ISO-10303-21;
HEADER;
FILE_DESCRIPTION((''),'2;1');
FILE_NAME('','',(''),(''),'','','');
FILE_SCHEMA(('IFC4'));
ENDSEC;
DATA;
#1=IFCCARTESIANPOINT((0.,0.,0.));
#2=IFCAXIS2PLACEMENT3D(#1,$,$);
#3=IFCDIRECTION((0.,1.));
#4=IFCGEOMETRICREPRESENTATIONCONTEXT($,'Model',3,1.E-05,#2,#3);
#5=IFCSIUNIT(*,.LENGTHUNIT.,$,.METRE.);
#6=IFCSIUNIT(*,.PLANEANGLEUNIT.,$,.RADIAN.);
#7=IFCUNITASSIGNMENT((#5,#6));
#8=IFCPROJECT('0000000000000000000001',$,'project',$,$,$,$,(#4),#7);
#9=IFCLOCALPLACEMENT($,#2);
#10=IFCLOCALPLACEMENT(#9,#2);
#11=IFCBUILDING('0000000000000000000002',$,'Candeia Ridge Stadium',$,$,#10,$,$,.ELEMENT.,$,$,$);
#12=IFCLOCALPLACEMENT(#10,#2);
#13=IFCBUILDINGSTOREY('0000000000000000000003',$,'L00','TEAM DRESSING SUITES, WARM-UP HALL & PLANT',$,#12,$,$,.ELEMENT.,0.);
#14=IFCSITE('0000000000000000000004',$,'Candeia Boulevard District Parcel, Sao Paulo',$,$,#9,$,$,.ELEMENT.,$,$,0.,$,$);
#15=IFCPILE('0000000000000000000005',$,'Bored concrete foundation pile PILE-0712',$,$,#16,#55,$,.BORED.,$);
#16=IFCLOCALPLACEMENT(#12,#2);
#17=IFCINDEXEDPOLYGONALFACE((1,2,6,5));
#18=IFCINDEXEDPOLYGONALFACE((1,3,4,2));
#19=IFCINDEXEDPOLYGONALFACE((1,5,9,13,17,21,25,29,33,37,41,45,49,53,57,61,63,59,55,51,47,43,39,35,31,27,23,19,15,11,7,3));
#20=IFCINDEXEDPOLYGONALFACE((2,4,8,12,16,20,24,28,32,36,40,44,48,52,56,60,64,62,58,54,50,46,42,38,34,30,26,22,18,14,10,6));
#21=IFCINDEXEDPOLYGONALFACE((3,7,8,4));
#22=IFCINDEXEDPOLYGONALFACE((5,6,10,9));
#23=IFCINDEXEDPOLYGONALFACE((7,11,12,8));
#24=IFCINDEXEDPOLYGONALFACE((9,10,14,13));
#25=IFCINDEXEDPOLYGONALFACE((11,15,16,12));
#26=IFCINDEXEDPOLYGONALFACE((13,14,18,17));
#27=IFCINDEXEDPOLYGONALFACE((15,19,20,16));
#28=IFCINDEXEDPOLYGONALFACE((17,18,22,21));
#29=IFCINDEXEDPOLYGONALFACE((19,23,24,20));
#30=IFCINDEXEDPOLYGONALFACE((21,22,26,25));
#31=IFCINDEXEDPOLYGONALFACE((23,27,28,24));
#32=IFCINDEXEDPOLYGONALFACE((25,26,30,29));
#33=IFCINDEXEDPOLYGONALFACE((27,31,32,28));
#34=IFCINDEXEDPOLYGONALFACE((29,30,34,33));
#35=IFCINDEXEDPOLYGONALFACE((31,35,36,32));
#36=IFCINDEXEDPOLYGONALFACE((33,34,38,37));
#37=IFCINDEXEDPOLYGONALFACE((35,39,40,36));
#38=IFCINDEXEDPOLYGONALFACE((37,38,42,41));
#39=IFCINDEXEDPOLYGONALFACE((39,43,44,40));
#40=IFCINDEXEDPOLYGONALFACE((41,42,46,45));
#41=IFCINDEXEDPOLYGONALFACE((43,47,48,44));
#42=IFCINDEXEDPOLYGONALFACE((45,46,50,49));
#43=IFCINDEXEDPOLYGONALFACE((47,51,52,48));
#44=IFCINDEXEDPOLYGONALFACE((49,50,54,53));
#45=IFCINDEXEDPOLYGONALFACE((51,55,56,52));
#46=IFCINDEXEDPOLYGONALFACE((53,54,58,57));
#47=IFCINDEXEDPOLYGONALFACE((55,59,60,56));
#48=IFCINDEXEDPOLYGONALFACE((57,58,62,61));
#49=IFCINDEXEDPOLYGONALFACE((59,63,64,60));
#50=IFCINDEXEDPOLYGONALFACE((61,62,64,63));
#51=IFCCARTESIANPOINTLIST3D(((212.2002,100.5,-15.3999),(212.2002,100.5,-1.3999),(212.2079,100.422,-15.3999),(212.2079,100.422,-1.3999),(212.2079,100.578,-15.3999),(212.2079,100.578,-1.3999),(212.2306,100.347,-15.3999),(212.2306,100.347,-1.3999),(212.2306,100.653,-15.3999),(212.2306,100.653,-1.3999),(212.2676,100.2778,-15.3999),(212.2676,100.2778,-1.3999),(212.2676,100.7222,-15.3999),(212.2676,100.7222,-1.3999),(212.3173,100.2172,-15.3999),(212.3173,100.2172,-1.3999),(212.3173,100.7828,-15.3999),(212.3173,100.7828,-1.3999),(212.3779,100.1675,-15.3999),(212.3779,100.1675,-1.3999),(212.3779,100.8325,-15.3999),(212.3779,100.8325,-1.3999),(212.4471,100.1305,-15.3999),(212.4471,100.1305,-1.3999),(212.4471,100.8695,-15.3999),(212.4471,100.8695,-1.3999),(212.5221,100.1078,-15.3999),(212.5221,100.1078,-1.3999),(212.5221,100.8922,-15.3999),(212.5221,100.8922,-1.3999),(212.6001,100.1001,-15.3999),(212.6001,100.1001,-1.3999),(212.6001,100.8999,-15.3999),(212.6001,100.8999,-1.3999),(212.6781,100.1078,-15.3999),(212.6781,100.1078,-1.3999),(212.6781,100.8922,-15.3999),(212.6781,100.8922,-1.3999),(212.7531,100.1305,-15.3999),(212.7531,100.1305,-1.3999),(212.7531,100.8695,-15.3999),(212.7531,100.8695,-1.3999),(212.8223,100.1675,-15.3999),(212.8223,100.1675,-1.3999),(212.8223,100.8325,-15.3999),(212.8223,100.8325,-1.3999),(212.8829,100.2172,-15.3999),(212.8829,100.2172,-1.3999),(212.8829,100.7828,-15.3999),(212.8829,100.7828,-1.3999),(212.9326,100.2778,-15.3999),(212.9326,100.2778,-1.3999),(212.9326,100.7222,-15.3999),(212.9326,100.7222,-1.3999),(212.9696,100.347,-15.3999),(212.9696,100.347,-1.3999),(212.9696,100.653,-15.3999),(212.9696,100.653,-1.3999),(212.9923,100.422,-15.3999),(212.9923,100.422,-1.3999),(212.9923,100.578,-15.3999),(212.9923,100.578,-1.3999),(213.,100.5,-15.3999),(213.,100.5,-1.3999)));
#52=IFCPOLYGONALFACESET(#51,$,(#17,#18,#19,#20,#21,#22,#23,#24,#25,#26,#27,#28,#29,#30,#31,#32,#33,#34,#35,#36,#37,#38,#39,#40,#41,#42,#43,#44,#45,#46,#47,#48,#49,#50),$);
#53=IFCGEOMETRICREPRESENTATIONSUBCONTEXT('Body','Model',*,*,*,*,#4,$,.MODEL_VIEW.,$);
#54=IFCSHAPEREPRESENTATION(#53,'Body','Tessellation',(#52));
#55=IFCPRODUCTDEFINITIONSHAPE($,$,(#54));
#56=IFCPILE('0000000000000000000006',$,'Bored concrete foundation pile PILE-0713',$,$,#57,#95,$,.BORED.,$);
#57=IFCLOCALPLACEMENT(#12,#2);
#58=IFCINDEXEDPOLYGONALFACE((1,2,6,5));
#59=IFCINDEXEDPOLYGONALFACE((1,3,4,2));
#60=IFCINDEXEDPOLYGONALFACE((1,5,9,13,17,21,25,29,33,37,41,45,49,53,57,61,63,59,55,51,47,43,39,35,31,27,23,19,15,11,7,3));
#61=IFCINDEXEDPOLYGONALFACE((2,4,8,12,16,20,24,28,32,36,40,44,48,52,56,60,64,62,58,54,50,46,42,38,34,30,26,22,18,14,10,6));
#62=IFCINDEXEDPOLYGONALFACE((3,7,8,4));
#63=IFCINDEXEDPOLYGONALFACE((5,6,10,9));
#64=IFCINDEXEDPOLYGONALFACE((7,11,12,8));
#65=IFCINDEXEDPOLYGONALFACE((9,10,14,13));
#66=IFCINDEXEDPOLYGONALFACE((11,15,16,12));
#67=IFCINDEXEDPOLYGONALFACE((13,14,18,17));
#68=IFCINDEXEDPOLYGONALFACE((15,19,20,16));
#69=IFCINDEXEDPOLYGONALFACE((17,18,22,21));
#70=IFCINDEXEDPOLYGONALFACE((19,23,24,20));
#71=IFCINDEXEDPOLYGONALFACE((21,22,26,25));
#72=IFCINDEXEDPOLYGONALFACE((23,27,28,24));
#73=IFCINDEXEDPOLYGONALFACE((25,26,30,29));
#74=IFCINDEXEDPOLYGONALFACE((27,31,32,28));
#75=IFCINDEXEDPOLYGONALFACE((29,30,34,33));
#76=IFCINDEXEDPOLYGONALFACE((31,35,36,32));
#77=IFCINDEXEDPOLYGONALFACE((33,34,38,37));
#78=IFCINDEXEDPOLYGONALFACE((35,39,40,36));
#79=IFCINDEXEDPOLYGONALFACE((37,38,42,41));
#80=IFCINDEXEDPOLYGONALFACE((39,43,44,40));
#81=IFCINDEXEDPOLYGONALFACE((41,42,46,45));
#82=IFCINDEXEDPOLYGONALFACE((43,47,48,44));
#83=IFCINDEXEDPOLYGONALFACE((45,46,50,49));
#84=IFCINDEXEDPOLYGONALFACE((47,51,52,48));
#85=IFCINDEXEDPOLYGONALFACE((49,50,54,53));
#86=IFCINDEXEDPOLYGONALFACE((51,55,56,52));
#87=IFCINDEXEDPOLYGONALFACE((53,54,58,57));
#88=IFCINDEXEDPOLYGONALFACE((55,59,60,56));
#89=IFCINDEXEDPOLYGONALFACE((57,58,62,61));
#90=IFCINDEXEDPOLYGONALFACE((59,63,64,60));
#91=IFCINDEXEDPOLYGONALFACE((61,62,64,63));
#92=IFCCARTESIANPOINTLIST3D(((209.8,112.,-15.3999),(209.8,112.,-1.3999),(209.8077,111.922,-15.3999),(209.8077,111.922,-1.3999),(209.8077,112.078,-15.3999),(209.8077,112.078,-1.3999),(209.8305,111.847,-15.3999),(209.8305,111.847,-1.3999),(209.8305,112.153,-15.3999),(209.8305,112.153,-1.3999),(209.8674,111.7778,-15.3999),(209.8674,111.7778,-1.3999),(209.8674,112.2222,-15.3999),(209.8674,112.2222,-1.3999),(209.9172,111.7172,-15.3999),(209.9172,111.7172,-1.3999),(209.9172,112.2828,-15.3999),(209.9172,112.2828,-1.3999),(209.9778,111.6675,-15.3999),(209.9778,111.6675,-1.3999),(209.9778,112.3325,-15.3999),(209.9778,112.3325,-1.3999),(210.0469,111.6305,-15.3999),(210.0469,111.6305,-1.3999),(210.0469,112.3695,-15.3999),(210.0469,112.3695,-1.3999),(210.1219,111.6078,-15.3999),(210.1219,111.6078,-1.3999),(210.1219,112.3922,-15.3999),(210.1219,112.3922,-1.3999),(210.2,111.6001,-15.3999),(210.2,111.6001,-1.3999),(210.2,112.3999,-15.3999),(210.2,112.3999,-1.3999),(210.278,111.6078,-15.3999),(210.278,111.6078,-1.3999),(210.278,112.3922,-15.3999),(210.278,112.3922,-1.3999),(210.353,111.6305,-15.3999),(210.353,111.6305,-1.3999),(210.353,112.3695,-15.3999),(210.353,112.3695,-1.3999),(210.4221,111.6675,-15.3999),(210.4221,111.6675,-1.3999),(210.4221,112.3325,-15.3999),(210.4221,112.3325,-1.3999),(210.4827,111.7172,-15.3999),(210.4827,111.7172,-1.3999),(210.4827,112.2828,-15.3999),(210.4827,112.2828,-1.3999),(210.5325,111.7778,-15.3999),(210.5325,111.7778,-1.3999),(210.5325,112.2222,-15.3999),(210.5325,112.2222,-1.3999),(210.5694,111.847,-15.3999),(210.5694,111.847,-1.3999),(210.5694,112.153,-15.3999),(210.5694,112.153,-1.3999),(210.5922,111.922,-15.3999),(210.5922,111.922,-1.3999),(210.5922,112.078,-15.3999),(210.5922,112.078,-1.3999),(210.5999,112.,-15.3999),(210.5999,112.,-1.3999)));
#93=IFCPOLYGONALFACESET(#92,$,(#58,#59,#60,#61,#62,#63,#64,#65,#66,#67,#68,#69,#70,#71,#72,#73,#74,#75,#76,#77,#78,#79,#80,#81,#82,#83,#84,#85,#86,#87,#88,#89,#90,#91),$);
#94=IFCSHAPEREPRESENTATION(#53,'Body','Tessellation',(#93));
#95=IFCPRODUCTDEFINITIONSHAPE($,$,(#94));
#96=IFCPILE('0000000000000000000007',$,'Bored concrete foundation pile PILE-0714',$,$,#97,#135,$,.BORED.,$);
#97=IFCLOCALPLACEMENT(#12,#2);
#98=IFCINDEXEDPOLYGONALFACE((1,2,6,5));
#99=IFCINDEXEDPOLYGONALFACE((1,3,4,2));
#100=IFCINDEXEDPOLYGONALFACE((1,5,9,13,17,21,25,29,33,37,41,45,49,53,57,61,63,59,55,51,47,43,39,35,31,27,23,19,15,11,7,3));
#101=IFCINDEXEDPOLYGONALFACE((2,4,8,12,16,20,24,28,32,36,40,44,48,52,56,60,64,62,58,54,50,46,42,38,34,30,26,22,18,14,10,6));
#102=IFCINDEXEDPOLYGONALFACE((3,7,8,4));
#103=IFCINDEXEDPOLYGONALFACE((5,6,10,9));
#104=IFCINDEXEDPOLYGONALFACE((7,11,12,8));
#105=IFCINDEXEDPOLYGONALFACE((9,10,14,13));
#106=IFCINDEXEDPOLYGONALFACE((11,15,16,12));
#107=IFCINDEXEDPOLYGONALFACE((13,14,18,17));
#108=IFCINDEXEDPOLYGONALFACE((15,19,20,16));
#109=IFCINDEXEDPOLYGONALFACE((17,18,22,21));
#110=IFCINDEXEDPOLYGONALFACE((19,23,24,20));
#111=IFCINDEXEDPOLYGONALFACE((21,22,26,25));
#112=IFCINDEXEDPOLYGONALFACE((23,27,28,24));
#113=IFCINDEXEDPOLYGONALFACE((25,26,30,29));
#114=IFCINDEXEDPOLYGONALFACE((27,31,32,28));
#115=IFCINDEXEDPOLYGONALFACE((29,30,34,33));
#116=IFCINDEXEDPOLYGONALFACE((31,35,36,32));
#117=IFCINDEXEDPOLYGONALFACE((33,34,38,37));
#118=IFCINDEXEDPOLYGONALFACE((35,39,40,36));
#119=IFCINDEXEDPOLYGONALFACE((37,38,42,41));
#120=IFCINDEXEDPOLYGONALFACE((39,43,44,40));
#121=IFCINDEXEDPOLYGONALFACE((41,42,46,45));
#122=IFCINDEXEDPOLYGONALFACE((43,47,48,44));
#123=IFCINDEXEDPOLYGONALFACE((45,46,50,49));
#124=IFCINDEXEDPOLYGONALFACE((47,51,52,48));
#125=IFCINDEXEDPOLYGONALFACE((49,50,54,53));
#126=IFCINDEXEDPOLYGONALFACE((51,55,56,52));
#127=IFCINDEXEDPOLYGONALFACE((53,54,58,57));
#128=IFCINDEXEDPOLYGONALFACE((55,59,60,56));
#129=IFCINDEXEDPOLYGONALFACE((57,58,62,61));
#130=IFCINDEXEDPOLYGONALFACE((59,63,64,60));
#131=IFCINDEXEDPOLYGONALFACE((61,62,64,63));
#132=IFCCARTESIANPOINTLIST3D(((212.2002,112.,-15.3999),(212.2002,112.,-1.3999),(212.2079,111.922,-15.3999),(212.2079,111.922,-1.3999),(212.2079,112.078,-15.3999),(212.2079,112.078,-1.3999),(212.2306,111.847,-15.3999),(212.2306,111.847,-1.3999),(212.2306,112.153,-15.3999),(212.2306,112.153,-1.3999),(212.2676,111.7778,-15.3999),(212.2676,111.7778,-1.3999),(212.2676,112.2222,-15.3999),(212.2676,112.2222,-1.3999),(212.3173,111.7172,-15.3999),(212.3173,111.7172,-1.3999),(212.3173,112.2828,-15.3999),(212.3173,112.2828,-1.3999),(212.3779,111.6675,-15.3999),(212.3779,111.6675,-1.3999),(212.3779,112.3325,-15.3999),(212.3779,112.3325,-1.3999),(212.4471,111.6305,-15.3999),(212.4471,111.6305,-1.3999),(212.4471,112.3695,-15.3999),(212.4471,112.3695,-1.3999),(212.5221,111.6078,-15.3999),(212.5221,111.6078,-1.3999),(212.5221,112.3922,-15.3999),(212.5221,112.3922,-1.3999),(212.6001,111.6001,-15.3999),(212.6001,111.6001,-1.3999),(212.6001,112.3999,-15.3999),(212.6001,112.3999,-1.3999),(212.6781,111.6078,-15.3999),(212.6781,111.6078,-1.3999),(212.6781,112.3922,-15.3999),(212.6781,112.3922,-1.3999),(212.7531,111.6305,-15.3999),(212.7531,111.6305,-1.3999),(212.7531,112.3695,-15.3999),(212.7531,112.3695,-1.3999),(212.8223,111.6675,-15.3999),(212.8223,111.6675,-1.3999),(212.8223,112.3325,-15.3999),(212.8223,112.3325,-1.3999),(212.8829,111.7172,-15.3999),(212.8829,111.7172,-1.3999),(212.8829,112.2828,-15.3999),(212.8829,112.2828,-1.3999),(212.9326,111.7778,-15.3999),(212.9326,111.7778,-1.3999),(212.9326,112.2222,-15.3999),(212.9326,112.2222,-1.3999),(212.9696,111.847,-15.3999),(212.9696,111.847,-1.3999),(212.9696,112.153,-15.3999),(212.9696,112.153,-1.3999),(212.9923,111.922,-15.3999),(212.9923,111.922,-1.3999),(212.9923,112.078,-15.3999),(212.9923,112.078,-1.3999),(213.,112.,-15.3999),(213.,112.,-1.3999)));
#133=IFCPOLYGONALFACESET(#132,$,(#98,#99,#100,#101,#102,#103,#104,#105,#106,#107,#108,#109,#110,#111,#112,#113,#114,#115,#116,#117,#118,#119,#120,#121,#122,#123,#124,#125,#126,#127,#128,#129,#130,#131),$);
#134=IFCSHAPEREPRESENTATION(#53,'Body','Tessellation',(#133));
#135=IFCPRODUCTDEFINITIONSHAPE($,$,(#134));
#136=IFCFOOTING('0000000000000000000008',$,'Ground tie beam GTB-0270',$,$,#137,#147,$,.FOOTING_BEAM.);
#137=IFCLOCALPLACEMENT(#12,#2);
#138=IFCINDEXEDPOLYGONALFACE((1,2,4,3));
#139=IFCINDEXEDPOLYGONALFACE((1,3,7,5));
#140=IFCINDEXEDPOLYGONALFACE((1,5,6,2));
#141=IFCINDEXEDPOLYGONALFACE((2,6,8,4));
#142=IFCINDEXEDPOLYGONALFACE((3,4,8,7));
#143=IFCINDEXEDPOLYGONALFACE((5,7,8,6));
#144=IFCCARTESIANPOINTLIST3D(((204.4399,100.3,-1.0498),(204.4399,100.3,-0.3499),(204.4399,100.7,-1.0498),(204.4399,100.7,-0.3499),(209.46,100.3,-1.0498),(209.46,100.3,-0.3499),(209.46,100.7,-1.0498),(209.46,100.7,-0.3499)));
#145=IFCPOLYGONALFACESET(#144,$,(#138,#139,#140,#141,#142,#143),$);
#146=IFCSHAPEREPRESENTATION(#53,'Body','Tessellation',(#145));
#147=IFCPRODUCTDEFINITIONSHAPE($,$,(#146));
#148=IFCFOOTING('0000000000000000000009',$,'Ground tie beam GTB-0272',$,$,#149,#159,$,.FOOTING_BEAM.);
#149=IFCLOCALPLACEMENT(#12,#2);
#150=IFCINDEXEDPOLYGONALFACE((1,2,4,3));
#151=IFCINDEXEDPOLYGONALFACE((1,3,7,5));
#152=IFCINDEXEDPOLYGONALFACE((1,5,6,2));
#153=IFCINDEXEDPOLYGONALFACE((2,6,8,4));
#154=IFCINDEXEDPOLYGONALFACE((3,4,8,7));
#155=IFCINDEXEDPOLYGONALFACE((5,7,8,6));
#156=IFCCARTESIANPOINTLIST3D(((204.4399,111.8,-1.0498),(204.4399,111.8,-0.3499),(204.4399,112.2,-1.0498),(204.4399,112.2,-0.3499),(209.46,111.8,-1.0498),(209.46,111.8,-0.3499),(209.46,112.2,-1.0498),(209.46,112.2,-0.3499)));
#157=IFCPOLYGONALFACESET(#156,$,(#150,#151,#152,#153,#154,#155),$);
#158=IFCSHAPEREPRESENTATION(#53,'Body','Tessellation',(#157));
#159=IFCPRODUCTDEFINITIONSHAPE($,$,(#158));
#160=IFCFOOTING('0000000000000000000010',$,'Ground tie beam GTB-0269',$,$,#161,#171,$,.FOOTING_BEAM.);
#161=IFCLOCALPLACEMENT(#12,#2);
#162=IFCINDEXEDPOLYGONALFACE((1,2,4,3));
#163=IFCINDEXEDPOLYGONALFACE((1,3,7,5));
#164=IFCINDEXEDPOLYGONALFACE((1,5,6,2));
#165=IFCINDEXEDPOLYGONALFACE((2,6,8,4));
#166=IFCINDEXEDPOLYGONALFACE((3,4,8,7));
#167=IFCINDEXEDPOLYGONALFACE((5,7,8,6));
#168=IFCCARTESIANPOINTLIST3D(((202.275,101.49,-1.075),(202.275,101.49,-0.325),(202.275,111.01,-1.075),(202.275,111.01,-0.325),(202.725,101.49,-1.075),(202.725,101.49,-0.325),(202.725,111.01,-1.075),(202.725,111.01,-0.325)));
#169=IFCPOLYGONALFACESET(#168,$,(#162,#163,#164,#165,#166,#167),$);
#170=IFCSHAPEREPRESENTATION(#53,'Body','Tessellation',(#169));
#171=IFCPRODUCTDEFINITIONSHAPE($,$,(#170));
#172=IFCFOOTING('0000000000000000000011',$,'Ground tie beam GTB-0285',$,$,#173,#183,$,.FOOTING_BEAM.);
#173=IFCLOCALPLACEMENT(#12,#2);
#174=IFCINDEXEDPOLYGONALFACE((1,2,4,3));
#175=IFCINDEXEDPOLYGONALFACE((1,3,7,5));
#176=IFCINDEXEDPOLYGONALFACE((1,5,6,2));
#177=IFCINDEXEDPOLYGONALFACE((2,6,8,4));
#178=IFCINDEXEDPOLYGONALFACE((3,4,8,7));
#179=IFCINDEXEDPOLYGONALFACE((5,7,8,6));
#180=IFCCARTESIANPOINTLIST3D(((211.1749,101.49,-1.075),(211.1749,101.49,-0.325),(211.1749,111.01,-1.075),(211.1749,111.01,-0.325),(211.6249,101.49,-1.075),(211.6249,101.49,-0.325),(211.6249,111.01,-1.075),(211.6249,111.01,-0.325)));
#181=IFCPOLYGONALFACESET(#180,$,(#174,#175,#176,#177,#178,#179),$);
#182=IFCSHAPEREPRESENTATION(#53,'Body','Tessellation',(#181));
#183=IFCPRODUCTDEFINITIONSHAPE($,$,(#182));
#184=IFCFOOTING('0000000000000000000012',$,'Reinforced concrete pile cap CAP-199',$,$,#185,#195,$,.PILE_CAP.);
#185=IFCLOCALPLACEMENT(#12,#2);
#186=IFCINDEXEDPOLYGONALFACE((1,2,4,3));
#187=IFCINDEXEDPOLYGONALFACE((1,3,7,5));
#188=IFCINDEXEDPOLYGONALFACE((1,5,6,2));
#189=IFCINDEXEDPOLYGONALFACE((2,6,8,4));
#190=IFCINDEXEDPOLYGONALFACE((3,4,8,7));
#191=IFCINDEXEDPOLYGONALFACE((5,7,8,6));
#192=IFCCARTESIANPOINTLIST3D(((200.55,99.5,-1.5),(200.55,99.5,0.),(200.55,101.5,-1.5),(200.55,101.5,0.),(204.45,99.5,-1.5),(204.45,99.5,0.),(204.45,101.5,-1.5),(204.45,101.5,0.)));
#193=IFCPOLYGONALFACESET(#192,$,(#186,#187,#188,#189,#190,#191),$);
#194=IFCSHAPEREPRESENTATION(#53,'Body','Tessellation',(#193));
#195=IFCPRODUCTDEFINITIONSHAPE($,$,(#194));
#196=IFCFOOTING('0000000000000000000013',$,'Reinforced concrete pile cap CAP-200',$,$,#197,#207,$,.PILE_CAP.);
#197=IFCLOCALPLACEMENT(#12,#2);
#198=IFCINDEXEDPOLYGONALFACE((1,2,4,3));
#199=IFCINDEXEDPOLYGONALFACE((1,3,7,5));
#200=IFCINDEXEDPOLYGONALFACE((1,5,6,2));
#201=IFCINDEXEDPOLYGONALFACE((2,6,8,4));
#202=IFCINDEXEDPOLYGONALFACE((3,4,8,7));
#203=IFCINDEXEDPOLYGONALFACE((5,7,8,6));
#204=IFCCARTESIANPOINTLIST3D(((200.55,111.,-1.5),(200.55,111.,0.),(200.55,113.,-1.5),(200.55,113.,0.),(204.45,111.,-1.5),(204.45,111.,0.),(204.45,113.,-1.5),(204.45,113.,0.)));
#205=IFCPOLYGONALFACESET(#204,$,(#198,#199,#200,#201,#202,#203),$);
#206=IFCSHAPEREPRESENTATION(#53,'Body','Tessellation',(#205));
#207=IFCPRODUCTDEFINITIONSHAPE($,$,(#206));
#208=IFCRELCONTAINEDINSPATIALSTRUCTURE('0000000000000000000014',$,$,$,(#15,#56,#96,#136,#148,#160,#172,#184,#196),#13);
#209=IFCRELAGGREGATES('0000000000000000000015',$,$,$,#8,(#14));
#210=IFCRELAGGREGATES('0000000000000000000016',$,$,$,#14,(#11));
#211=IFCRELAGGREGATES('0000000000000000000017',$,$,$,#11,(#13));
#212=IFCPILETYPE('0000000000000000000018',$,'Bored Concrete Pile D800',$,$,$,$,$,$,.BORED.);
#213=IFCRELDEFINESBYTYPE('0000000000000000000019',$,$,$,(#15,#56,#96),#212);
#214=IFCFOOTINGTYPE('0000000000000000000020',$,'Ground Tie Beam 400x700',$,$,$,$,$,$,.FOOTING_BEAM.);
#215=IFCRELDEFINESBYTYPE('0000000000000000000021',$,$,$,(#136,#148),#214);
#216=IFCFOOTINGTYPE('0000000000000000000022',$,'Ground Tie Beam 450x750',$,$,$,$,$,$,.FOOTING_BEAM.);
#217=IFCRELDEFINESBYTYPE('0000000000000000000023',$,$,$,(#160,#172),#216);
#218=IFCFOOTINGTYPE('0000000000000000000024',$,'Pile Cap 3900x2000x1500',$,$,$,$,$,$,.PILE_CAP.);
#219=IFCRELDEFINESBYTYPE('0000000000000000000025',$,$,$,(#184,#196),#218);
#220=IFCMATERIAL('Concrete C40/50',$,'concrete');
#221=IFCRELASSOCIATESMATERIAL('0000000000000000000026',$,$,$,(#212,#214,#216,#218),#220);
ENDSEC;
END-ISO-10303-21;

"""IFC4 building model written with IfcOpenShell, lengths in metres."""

from ifc_helpers import new_model, si_unit, direction, frame, origin, origin_2d, place, context, subcontext, project, spatial, rectangle, circle, extrude, material, material_profile, profile_set, type_object, element, save


model = new_model("IFC4")

# Units and contexts
model_context = context("Model", 3, precision=1e-05, world=origin(), true_north=direction((0.0, 1.0)))
body_context = subcontext(model_context, "Body", "Model", "MODEL_VIEW")
ifc_project = project(units=[si_unit("LENGTHUNIT", "METRE"), si_unit("PLANEANGLEUNIT", "RADIAN")], contexts=[model_context])

# Site, building, storey
site_placement = place(None, origin())
site = spatial("IfcSite", under=ifc_project, at=site_placement, Name="Candeia Boulevard District Parcel, Sao Paulo", CompositionType="ELEMENT", RefElevation=0.0)
building_placement = place(site_placement, origin())
building = spatial("IfcBuilding", under=site, at=building_placement, Name="Candeia Ridge Stadium", CompositionType="ELEMENT")
storey_placement = place(building_placement, origin())
storey = spatial("IfcBuildingStorey", under=building, at=storey_placement, Name="L00", Description="TEAM DRESSING SUITES, WARM-UP HALL & PLANT", CompositionType="ELEMENT", Elevation=0.0)

# Piles
ifc_material_1 = material(Name="Concrete C40/50", Category="concrete")
ifc_material_profile_1 = material_profile(ifc_material_1, circle(Radius=0.3999, at=origin_2d()), Name="PILE-D800", Category="concrete")
ifc_profile_set_1 = profile_set([ifc_material_profile_1], Name="Concrete C40/50")
pile_type = type_object("IfcPileType", Name="Bored Concrete Pile D800", PredefinedType="BORED", material=ifc_profile_set_1)
for number, where, z_axis, x_axis, name in (
    (1, (212.6001, 100.5, -1.3999), (0.0, 0.0, -1.0), (1.0, 0.0, 0.0), "Bored concrete foundation pile PILE-0712"),
    (2, (210.2, 112.0, -1.3999), (0.0, 0.0, -1.0), (1.0, 0.0, 0.0), "Bored concrete foundation pile PILE-0713"),
    (3, (212.6001, 112.0, -1.3999), (0.0, 0.0, -1.0), (1.0, 0.0, 0.0), "Bored concrete foundation pile PILE-0714"),
):
    element("IfcPile", number, at=place(storey_placement, frame(where, z_axis=z_axis, x_axis=x_axis)), inside=storey, type_object=pile_type, Name=name, PredefinedType="BORED", context=body_context, shape_type="SweptSolid", body=[
        extrude(circle(Radius=0.3999, at=origin_2d()), origin(), (0.0, 0.0, 1.0), 14.0),
    ])

# Footings
footing_type_1 = type_object("IfcFootingType", Name="Ground Tie Beam 400x700", PredefinedType="FOOTING_BEAM", material=ifc_material_1)
for number, where, z_axis, x_axis, name in (
    (4, (206.95, 100.5, -1.0498), (0.0, 0.0, 1.0), (1.0, 0.0, 0.0), "Ground tie beam GTB-0270"),
    (5, (206.95, 112.0, -1.0498), (0.0, 0.0, 1.0), (1.0, 0.0, 0.0), "Ground tie beam GTB-0272"),
):
    element("IfcFooting", number, at=place(storey_placement, frame(where, z_axis=z_axis, x_axis=x_axis)), inside=storey, type_object=footing_type_1, Name=name, PredefinedType="FOOTING_BEAM", context=body_context, shape_type="SweptSolid", body=[
        extrude(rectangle(XDim=5.02, YDim=0.3999, at=origin_2d()), origin(), (0.0, 0.0, 1.0), 0.7),
    ])
footing_type_2 = type_object("IfcFootingType", Name="Ground Tie Beam 450x750", PredefinedType="FOOTING_BEAM", material=ifc_material_1)
for number, where, z_axis, x_axis, name in (
    (6, (202.5, 106.25, -1.075), (0.0, 0.0, 1.0), (0.0, 1.0, 0.0), "Ground tie beam GTB-0269"),
    (7, (211.3999, 106.25, -1.075), (0.0, 0.0, 1.0), (0.0, 1.0, 0.0), "Ground tie beam GTB-0285"),
):
    element("IfcFooting", number, at=place(storey_placement, frame(where, z_axis=z_axis, x_axis=x_axis)), inside=storey, type_object=footing_type_2, Name=name, PredefinedType="FOOTING_BEAM", context=body_context, shape_type="SweptSolid", body=[
        extrude(rectangle(XDim=9.52, YDim=0.45, at=origin_2d()), origin(), (0.0, 0.0, 1.0), 0.75),
    ])
footing_type_3 = type_object("IfcFootingType", Name="Pile Cap 3900x2000x1500", PredefinedType="PILE_CAP", material=ifc_material_1)
for number, where, z_axis, x_axis, name in (
    (8, (202.5, 100.5, -1.5), (0.0, 0.0, 1.0), (1.0, 0.0, 0.0), "Reinforced concrete pile cap CAP-199"),
    (9, (202.5, 112.0, -1.5), (0.0, 0.0, 1.0), (1.0, 0.0, 0.0), "Reinforced concrete pile cap CAP-200"),
):
    element("IfcFooting", number, at=place(storey_placement, frame(where, z_axis=z_axis, x_axis=x_axis)), inside=storey, type_object=footing_type_3, Name=name, PredefinedType="PILE_CAP", context=body_context, shape_type="SweptSolid", body=[
        extrude(rectangle(XDim=3.8999, YDim=2.0, at=origin_2d()), origin(), (0.0, 0.0, 1.0), 1.5),
    ])

save(model, "model.ifc")
